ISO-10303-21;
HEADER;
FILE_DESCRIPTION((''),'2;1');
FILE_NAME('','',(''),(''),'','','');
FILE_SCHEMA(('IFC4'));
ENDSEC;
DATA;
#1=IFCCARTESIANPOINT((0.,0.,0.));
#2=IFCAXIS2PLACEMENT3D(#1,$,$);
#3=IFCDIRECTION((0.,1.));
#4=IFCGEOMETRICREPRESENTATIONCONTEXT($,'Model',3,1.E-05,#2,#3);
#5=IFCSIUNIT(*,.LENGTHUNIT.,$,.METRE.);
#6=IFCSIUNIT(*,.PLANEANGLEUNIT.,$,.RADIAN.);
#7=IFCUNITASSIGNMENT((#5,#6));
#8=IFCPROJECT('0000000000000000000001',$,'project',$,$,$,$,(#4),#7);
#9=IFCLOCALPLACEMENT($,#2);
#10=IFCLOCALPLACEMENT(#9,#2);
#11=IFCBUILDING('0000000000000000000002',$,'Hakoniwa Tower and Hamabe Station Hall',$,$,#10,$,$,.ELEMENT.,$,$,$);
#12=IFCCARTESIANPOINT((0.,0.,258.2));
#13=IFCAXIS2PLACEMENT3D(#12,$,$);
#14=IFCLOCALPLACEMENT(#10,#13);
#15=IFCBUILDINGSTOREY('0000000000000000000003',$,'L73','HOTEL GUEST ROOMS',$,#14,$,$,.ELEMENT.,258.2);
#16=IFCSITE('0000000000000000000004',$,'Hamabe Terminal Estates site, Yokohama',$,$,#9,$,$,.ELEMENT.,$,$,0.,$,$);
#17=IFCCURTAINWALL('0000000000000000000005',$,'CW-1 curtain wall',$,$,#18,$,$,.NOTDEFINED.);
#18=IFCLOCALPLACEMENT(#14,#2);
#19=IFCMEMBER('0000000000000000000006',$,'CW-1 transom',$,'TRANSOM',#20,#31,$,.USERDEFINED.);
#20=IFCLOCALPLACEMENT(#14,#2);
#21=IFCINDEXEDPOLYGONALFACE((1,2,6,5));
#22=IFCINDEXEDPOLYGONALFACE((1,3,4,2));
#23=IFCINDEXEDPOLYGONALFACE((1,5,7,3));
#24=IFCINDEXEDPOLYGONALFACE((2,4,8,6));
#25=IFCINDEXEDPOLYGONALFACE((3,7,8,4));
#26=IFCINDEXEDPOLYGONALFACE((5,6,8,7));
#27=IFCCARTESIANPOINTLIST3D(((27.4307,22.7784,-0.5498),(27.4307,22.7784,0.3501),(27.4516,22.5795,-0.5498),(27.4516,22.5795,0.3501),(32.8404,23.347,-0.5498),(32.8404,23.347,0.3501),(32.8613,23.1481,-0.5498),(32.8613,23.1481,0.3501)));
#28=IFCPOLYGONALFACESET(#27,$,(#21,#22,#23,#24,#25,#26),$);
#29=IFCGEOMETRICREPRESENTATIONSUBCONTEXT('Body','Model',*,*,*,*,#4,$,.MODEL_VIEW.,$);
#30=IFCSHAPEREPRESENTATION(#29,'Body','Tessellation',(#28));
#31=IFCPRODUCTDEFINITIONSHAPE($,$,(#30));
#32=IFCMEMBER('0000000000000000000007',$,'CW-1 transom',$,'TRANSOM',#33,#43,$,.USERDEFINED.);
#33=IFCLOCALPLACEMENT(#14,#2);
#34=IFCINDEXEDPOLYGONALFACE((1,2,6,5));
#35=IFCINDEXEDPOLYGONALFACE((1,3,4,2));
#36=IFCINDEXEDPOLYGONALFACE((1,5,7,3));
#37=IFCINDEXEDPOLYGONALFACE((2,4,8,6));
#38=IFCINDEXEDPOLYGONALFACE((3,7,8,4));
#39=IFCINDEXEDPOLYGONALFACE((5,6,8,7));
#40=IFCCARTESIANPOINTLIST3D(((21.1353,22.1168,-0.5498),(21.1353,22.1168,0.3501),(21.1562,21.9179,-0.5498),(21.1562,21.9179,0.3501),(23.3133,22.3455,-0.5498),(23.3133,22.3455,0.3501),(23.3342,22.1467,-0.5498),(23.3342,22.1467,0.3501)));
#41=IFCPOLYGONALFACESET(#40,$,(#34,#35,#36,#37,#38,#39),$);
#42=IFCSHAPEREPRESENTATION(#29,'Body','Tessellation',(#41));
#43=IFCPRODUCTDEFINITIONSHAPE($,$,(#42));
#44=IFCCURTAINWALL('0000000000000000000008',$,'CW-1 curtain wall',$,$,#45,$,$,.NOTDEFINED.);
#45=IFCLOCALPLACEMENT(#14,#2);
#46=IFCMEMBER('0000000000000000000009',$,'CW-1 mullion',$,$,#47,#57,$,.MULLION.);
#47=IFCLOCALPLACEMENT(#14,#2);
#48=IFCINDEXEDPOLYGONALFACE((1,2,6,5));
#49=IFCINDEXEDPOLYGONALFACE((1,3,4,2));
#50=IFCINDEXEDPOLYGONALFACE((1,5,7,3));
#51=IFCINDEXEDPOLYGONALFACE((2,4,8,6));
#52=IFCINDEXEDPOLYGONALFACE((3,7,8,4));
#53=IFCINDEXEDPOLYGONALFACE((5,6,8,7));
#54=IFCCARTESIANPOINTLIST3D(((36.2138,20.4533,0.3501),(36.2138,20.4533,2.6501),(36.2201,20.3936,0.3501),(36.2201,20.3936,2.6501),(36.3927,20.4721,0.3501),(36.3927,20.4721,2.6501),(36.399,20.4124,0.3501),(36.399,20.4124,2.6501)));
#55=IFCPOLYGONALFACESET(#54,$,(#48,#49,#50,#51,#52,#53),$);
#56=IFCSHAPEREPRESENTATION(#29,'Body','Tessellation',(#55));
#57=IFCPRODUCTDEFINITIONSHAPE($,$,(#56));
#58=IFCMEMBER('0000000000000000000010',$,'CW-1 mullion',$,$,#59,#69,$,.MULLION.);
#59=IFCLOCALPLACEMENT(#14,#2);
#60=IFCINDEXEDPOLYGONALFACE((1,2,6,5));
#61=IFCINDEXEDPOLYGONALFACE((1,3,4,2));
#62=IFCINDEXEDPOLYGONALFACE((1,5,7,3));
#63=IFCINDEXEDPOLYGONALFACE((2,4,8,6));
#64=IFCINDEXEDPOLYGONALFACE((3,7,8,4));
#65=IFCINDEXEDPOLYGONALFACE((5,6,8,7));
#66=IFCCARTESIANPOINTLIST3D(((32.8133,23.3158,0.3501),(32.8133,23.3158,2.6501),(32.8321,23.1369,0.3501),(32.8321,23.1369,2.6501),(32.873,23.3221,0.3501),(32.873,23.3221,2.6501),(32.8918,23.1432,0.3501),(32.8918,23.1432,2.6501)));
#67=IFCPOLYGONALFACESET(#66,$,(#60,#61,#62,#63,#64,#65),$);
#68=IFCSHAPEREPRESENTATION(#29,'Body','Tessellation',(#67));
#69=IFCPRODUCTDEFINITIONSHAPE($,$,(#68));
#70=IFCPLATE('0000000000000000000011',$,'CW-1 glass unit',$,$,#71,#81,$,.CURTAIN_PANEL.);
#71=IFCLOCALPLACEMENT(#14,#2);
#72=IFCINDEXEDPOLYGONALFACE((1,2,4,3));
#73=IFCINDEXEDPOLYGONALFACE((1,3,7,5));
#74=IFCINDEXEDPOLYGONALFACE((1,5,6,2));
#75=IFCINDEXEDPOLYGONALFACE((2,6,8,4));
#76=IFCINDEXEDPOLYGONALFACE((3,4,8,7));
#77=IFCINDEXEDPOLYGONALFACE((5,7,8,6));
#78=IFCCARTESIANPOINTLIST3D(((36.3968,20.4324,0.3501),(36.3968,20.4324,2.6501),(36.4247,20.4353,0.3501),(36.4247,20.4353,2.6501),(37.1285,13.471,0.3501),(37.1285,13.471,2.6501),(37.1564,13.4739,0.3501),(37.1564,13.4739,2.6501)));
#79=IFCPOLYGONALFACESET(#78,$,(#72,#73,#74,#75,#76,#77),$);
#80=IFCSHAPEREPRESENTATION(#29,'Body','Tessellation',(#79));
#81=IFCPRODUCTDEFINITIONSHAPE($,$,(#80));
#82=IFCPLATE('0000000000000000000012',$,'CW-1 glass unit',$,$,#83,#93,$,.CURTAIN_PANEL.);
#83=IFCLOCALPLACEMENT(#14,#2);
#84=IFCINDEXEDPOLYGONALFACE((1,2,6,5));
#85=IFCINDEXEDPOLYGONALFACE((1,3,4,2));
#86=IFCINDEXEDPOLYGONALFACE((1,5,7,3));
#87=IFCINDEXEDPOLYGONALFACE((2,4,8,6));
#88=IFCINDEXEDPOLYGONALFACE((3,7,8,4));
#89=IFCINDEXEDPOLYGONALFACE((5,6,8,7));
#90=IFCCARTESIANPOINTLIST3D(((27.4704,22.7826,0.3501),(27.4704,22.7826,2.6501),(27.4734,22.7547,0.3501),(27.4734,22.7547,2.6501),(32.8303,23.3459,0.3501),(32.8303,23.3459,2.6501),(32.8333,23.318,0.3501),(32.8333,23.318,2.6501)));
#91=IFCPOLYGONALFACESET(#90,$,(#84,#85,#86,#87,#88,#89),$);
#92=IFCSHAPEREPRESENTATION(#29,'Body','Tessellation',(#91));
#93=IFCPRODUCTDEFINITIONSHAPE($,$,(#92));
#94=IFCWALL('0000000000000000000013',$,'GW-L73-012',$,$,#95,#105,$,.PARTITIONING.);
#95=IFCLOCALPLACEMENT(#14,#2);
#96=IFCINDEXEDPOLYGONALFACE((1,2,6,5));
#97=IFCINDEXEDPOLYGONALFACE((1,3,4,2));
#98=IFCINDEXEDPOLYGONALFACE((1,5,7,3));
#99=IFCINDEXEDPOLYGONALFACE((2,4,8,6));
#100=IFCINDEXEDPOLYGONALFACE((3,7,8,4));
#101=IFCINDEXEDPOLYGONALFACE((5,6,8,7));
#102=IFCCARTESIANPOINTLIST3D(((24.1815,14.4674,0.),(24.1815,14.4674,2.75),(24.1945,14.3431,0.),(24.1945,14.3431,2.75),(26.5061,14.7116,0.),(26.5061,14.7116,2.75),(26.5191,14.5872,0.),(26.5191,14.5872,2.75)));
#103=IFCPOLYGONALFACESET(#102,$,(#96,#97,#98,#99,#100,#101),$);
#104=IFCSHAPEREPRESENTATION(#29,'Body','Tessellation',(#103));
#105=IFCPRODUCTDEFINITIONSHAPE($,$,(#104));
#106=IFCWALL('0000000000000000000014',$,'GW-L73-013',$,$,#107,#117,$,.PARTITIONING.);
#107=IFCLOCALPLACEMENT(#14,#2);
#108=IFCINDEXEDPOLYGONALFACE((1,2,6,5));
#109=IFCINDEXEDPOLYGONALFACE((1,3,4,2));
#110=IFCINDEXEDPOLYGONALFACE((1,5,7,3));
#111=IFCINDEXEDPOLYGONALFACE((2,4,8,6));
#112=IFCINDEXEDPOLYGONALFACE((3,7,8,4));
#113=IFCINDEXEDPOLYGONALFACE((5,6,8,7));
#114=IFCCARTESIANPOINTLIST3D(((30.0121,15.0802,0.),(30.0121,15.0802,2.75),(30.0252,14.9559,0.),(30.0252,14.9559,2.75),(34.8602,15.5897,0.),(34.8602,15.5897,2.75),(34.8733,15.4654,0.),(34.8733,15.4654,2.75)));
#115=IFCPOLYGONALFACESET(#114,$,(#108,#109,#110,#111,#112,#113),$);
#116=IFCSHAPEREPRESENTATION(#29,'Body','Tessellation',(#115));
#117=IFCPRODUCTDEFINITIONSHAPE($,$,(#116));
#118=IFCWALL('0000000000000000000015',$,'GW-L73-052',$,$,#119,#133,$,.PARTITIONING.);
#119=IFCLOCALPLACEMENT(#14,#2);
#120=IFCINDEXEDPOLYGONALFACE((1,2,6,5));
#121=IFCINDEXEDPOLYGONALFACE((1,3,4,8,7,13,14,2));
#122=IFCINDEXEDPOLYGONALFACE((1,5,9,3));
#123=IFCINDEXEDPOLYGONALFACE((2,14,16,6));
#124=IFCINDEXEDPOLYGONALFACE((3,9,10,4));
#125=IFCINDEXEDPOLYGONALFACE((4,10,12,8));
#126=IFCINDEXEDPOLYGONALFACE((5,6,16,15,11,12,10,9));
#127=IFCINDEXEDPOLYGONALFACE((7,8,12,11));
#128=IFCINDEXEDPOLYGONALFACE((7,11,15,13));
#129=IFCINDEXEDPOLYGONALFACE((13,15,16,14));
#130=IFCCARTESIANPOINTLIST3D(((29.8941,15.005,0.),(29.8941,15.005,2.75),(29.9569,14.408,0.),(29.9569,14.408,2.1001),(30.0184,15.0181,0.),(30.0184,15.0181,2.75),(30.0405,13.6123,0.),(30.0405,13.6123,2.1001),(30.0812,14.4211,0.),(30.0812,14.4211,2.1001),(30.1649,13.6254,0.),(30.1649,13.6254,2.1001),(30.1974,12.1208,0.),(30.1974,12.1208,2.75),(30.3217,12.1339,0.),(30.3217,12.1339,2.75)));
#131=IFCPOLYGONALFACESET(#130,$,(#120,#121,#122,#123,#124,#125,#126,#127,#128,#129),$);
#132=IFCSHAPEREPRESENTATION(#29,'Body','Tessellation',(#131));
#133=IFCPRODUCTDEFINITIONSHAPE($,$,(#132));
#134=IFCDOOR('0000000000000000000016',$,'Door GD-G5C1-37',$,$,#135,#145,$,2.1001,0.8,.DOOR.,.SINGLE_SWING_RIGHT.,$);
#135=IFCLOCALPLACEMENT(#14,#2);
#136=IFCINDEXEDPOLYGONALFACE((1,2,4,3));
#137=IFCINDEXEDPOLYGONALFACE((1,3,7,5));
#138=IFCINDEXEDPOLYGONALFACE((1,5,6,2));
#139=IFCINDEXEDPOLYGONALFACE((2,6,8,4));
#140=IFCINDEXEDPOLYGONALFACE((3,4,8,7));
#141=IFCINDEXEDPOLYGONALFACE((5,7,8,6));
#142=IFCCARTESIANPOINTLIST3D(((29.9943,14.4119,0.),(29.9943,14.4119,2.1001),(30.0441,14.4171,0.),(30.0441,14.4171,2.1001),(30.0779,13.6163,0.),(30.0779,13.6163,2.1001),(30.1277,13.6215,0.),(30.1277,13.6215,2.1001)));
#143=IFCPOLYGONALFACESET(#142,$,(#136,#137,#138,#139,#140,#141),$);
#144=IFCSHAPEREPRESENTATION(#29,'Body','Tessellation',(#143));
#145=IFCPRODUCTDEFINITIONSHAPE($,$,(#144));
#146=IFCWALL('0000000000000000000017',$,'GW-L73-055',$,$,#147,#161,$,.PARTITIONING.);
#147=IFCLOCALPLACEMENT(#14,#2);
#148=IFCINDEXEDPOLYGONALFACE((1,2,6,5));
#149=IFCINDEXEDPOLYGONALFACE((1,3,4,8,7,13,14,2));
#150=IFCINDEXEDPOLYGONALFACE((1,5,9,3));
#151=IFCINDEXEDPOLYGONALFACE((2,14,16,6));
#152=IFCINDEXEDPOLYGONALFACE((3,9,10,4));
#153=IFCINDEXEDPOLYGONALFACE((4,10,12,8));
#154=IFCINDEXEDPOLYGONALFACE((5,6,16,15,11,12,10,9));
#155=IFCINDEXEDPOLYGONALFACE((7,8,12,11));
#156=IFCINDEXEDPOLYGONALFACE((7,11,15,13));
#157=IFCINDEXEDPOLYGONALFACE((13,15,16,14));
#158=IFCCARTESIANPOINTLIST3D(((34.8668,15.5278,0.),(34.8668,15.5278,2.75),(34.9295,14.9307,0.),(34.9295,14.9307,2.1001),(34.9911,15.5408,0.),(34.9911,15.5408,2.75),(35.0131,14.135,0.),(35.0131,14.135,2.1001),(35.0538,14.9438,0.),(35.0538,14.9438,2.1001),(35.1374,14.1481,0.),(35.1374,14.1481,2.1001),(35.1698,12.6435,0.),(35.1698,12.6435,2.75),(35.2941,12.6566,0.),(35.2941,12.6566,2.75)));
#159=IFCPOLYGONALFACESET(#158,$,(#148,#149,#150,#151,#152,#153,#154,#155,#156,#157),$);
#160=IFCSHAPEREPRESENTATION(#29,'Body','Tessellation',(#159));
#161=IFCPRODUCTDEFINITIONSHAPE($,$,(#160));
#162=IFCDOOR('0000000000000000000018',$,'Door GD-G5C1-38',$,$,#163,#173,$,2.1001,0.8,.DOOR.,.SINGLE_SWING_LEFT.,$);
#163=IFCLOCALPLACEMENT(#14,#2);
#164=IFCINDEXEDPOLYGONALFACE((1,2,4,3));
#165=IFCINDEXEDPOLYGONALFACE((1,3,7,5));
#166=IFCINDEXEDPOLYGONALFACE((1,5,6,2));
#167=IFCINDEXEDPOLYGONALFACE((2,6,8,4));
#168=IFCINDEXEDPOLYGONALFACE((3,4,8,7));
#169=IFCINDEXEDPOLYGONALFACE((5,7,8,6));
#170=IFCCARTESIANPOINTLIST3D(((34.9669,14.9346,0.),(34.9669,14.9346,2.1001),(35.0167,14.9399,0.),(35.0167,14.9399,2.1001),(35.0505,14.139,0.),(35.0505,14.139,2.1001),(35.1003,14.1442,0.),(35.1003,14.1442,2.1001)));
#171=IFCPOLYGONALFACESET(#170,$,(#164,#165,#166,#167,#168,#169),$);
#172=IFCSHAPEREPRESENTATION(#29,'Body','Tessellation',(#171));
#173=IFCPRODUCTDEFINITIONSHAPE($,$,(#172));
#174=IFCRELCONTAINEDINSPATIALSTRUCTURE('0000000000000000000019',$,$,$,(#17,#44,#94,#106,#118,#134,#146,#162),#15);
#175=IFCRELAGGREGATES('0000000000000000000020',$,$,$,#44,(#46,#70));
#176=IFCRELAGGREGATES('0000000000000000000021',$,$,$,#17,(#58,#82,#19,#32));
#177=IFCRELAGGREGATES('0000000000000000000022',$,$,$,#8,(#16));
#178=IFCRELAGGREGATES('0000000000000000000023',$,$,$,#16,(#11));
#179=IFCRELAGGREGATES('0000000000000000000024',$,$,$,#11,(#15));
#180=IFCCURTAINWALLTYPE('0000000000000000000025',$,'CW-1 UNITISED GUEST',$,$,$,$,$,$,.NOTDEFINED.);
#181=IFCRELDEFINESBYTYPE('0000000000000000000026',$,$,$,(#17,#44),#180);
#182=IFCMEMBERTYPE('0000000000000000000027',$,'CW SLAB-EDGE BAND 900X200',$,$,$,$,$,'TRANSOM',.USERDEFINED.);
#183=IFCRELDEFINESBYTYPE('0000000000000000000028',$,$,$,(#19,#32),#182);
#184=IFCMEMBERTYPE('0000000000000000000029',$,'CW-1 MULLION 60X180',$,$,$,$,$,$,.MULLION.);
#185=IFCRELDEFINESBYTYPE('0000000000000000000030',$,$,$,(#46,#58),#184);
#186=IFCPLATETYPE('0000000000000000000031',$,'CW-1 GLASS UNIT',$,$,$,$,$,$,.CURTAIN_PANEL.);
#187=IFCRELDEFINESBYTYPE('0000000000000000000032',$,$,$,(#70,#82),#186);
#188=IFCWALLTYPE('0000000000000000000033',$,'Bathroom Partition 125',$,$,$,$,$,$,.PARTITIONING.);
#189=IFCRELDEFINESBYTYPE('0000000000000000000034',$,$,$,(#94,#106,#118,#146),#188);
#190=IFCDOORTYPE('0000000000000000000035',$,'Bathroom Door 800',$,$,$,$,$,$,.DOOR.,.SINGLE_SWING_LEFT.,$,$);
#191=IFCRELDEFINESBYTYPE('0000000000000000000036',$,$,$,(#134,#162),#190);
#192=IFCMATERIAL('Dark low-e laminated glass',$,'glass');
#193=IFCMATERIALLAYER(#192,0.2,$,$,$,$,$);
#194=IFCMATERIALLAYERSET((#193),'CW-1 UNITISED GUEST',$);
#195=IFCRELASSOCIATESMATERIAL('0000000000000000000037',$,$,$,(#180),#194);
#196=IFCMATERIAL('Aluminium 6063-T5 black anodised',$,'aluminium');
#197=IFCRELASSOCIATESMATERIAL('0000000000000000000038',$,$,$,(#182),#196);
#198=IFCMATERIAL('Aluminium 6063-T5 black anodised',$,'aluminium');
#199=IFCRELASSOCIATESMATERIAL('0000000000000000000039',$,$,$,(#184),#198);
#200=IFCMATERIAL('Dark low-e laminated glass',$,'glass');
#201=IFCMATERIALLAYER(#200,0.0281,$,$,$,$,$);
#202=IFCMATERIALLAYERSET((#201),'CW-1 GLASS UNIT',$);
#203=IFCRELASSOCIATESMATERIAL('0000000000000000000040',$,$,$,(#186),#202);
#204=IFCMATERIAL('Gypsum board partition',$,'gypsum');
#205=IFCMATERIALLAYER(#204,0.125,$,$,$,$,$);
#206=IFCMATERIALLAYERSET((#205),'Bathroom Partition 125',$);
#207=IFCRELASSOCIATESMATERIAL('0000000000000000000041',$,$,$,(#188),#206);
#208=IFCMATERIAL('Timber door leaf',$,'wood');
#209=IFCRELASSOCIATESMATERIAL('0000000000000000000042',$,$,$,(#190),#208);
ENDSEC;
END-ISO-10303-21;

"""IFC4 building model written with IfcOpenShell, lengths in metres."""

from ifc_helpers import new_model, si_unit, direction, frame, frame_2d, origin, origin_2d, place, context, subcontext, project, spatial, rectangle, extrude, material, layer, layer_set, material_profile, profile_set, type_object, element, fill, aggregate, save


model = new_model("IFC4")

# Units and contexts
model_context = context("Model", 3, precision=1e-05, world=origin(), true_north=direction((0.0, 1.0)))
body_context = subcontext(model_context, "Body", "Model", "MODEL_VIEW")
ifc_project = project(units=[si_unit("LENGTHUNIT", "METRE"), si_unit("PLANEANGLEUNIT", "RADIAN")], contexts=[model_context])

# Site, building, storey
site_placement = place(None, origin())
site = spatial("IfcSite", under=ifc_project, at=site_placement, Name="Hamabe Terminal Estates site, Yokohama", CompositionType="ELEMENT", RefElevation=0.0)
building_placement = place(site_placement, origin())
building = spatial("IfcBuilding", under=site, at=building_placement, Name="Hakoniwa Tower and Hamabe Station Hall", CompositionType="ELEMENT")
storey_placement = place(building_placement, frame((0.0, 0.0, 258.2)))
storey = spatial("IfcBuildingStorey", under=building, at=storey_placement, Name="L73", Description="HOTEL GUEST ROOMS", CompositionType="ELEMENT", Elevation=258.2)

# Curtain wall, members
ifc_material_1 = material(Name="Dark low-e laminated glass", Category="glass")
ifc_layer_1 = layer(ifc_material_1, 0.2)
ifc_layer_set_1 = layer_set([ifc_layer_1], Name="CW-1 UNITISED GUEST")
curtain_wall_type = type_object("IfcCurtainWallType", Name="CW-1 UNITISED GUEST", PredefinedType="NOTDEFINED", material=ifc_layer_set_1)
curtain_wall_1_placement = place(storey_placement, origin())
curtain_wall_1 = element("IfcCurtainWall", 1, at=curtain_wall_1_placement, inside=storey, type_object=curtain_wall_type, Name="CW-1 curtain wall", PredefinedType="NOTDEFINED")
ifc_material_2 = material(Name="Aluminium 6063-T5 black anodised", Category="aluminium")
ifc_material_profile_1 = material_profile(ifc_material_2, rectangle(XDim=0.2, YDim=0.8999, at=origin_2d()), Name="CW SLAB-EDGE BAND 900X200")
ifc_profile_set_1 = profile_set([ifc_material_profile_1], Name="Aluminium 6063-T5 black anodised")
member_type_1 = type_object("IfcMemberType", Name="CW SLAB-EDGE BAND 900X200", ElementType="TRANSOM", PredefinedType="USERDEFINED", material=ifc_profile_set_1)
member_1_placement = place(storey_placement, frame((32.8508, 23.2476, -0.0999), z_axis=(-0.994521, -0.104533, 0.0), x_axis=(0.104533, -0.994521, 0.0)))
member_1 = element("IfcMember", 2, at=member_1_placement, type_object=member_type_1, Name="CW-1 transom", ObjectType="TRANSOM", PredefinedType="USERDEFINED", context=body_context, shape_type="SweptSolid", body=[
    extrude(rectangle(XDim=0.2, YDim=0.8999, at=origin_2d()), origin(), (0.0, 0.0, 1.0), 5.4395),
])
member_2_placement = place(storey_placement, frame((23.3237, 22.2461, -0.0999), z_axis=(-0.994529, -0.104458, 0.0), x_axis=(0.104458, -0.994529, 0.0)))
member_2 = element("IfcMember", 3, at=member_2_placement, type_object=member_type_1, Name="CW-1 transom", ObjectType="TRANSOM", PredefinedType="USERDEFINED", context=body_context, shape_type="SweptSolid", body=[
    extrude(rectangle(XDim=0.2, YDim=0.8999, at=origin_2d()), origin(), (0.0, 0.0, 1.0), 2.1899),
])

# Curtain wall, member
curtain_wall_2_placement = place(storey_placement, origin())
curtain_wall_2 = element("IfcCurtainWall", 4, at=curtain_wall_2_placement, inside=storey, type_object=curtain_wall_type, Name="CW-1 curtain wall", PredefinedType="NOTDEFINED")
ifc_material_3 = material(Name="Aluminium 6063-T5 black anodised", Category="aluminium")
ifc_material_profile_2 = material_profile(ifc_material_3, rectangle(XDim=0.0601, YDim=0.1799, at=origin_2d()), Name="CW-1 MULLION 60X180")
ifc_profile_set_2 = profile_set([ifc_material_profile_2], Name="Aluminium 6063-T5 black anodised")
member_type_2 = type_object("IfcMemberType", Name="CW-1 MULLION 60X180", PredefinedType="MULLION", material=ifc_profile_set_2)
member_3_placement = place(storey_placement, frame((36.3064, 20.4329, 0.3501), z_axis=(0.0, 0.0, 1.0), x_axis=(-0.104528, 0.994522, 0.0)))
member_3 = element("IfcMember", 5, at=member_3_placement, type_object=member_type_2, Name="CW-1 mullion", PredefinedType="MULLION", context=body_context, shape_type="SweptSolid", body=[
    extrude(rectangle(XDim=0.0601, YDim=0.1799, at=origin_2d()), origin(), (0.0, 0.0, 1.0), 2.3),
])

# Member
member_4_placement = place(storey_placement, frame((32.8525, 23.2295, 0.3501), z_axis=(0.0, 0.0, 1.0), x_axis=(-0.994522, -0.104528, 0.0)))
member_4 = element("IfcMember", 6, at=member_4_placement, type_object=member_type_2, Name="CW-1 mullion", PredefinedType="MULLION", context=body_context, shape_type="SweptSolid", body=[
    extrude(rectangle(XDim=0.0601, YDim=0.1799, at=origin_2d()), origin(), (0.0, 0.0, 1.0), 2.3),
])

# Plates
ifc_material_4 = material(Name="Dark low-e laminated glass", Category="glass")
ifc_layer_2 = layer(ifc_material_4, 0.0281)
ifc_layer_set_2 = layer_set([ifc_layer_2], Name="CW-1 GLASS UNIT")
plate_type = type_object("IfcPlateType", Name="CW-1 GLASS UNIT", PredefinedType="CURTAIN_PANEL", material=ifc_layer_set_2)
plate_1_placement = place(storey_placement, frame((36.7766, 16.9531, 0.3501), z_axis=(0.0, 0.0, 1.0), x_axis=(-0.104528, 0.994522, 0.0)))
plate_1 = element("IfcPlate", 7, at=plate_1_placement, type_object=plate_type, Name="CW-1 glass unit", PredefinedType="CURTAIN_PANEL", context=body_context, shape_type="SweptSolid", body=[
    extrude(rectangle(XDim=6.9998, YDim=0.0281, at=origin_2d()), origin(), (0.0, 0.0, 1.0), 2.3),
])
aggregate(curtain_wall_2, [member_3, plate_1])
plate_2_placement = place(storey_placement, frame((30.1519, 23.0503, 0.3501), z_axis=(0.0, 0.0, 1.0), x_axis=(-0.994522, -0.104528, 0.0)))
plate_2 = element("IfcPlate", 8, at=plate_2_placement, type_object=plate_type, Name="CW-1 glass unit", PredefinedType="CURTAIN_PANEL", context=body_context, shape_type="SweptSolid", body=[
    extrude(rectangle(XDim=5.3894, YDim=0.0281, at=origin_2d()), origin(), (0.0, 0.0, 1.0), 2.3),
])

# Walls
ifc_material_5 = material(Name="Gypsum board partition", Category="gypsum")
ifc_layer_3 = layer(ifc_material_5, 0.125)
ifc_layer_set_3 = layer_set([ifc_layer_3], Name="Bathroom Partition 125")
wall_type_1 = type_object("IfcWallType", Name="Bathroom Partition 125", PredefinedType="PARTITIONING", material=ifc_layer_set_3)
wall_1_placement = place(storey_placement, frame((24.188, 14.4053, 0.0), z_axis=(0.0, 0.0, 1.0), x_axis=(0.994531, 0.104446, 0.0)))
element("IfcWall", 9, at=wall_1_placement, inside=storey, type_object=wall_type_1, Name="GW-L73-012", PredefinedType="PARTITIONING", context=body_context, shape_type="SweptSolid", body=[
    extrude(rectangle(XDim=2.3374, YDim=0.125, at=frame_2d((1.1687, 0.0))), origin(), (0.0, 0.0, 1.0), 2.75),
])
wall_2_placement = place(storey_placement, frame((30.0186, 15.0181, 0.0), z_axis=(0.0, 0.0, 1.0), x_axis=(0.994523, 0.104521, 0.0)))
element("IfcWall", 10, at=wall_2_placement, inside=storey, type_object=wall_type_1, Name="GW-L73-013", PredefinedType="PARTITIONING", context=body_context, shape_type="SweptSolid", body=[
    extrude(rectangle(XDim=4.8748, YDim=0.125, at=frame_2d((2.4375, 0.0))), origin(), (0.0, 0.0, 1.0), 2.75),
])

# Walls, openings, doors
wall_3_placement = place(storey_placement, frame((30.2595, 12.1272, 0.0), z_axis=(0.0, 0.0, 1.0), x_axis=(-0.104553, 0.994519, 0.0)))
wall_3 = element("IfcWall", 11, at=wall_3_placement, inside=storey, type_object=wall_type_1, Name="GW-L73-052", PredefinedType="PARTITIONING", context=body_context, shape_type="SweptSolid", body=[
    extrude(rectangle(XDim=2.9001, YDim=0.125, at=frame_2d((1.4502, 0.0))), origin(), (0.0, 0.0, 1.0), 2.75),
])
opening_1_placement = place(wall_3_placement, frame((1.5, 0.0, 0.0)))
opening_1 = element("IfcOpeningElement", 12, at=opening_1_placement, cuts=wall_3, PredefinedType="OPENING", context=body_context, shape_type="SweptSolid", body=[
    extrude(rectangle(XDim=0.8, YDim=2.1001, at=frame_2d((0.3999, 1.05))), frame((0.0, 0.0725, 0.0), z_axis=(0.0, -1.0, 0.0), x_axis=(1.0, 0.0, 0.0)), (0.0, 0.0, 1.0), 0.145),
])
ifc_material_6 = material(Name="Timber door leaf", Category="wood")
door_type_1 = type_object("IfcDoorType", Name="Bathroom Door 800", OperationType="SINGLE_SWING_LEFT", PredefinedType="DOOR", material=ifc_material_6)
door_1_placement = place(opening_1_placement, origin())
door_1 = element("IfcDoor", 13, at=door_1_placement, inside=storey, type_object=door_type_1, Name="Door GD-G5C1-37", OperationType="SINGLE_SWING_RIGHT", OverallHeight=2.1001, OverallWidth=0.8, PredefinedType="DOOR", context=body_context, shape_type="SweptSolid", body=[
    extrude(rectangle(XDim=0.8, YDim=2.1001, at=frame_2d((0.3999, 1.05))), frame((0.0, 0.0249, 0.0), z_axis=(0.0, -1.0, 0.0), x_axis=(1.0, 0.0, 0.0)), (0.0, 0.0, 1.0), 0.05),
])
fill(opening_1, door_1)
wall_4_placement = place(storey_placement, frame((35.2319, 12.6499, 0.0), z_axis=(0.0, 0.0, 1.0), x_axis=(-0.10447, 0.994528, 0.0)))
wall_4 = element("IfcWall", 14, at=wall_4_placement, inside=storey, type_object=wall_type_1, Name="GW-L73-055", PredefinedType="PARTITIONING", context=body_context, shape_type="SweptSolid", body=[
    extrude(rectangle(XDim=2.9001, YDim=0.125, at=frame_2d((1.4502, 0.0))), origin(), (0.0, 0.0, 1.0), 2.75),
])
opening_2_placement = place(wall_4_placement, frame((1.5, 0.0, 0.0)))
opening_2 = element("IfcOpeningElement", 15, at=opening_2_placement, cuts=wall_4, PredefinedType="OPENING", context=body_context, shape_type="SweptSolid", body=[
    extrude(rectangle(XDim=0.8, YDim=2.1001, at=frame_2d((0.3999, 1.05))), frame((0.0, 0.0725, 0.0), z_axis=(0.0, -1.0, 0.0), x_axis=(1.0, 0.0, 0.0)), (0.0, 0.0, 1.0), 0.145),
])
door_2_placement = place(opening_2_placement, origin())
door_2 = element("IfcDoor", 16, at=door_2_placement, inside=storey, type_object=door_type_1, Name="Door GD-G5C1-38", OperationType="SINGLE_SWING_LEFT", OverallHeight=2.1001, OverallWidth=0.8, PredefinedType="DOOR", context=body_context, shape_type="SweptSolid", body=[
    extrude(rectangle(XDim=0.8, YDim=2.1001, at=frame_2d((0.3999, 1.05))), frame((0.0, 0.0249, 0.0), z_axis=(0.0, -1.0, 0.0), x_axis=(1.0, 0.0, 0.0)), (0.0, 0.0, 1.0), 0.05),
])
fill(opening_2, door_2)
aggregate(curtain_wall_1, [member_4, plate_2, member_1, member_2])

save(model, "model.ifc")
